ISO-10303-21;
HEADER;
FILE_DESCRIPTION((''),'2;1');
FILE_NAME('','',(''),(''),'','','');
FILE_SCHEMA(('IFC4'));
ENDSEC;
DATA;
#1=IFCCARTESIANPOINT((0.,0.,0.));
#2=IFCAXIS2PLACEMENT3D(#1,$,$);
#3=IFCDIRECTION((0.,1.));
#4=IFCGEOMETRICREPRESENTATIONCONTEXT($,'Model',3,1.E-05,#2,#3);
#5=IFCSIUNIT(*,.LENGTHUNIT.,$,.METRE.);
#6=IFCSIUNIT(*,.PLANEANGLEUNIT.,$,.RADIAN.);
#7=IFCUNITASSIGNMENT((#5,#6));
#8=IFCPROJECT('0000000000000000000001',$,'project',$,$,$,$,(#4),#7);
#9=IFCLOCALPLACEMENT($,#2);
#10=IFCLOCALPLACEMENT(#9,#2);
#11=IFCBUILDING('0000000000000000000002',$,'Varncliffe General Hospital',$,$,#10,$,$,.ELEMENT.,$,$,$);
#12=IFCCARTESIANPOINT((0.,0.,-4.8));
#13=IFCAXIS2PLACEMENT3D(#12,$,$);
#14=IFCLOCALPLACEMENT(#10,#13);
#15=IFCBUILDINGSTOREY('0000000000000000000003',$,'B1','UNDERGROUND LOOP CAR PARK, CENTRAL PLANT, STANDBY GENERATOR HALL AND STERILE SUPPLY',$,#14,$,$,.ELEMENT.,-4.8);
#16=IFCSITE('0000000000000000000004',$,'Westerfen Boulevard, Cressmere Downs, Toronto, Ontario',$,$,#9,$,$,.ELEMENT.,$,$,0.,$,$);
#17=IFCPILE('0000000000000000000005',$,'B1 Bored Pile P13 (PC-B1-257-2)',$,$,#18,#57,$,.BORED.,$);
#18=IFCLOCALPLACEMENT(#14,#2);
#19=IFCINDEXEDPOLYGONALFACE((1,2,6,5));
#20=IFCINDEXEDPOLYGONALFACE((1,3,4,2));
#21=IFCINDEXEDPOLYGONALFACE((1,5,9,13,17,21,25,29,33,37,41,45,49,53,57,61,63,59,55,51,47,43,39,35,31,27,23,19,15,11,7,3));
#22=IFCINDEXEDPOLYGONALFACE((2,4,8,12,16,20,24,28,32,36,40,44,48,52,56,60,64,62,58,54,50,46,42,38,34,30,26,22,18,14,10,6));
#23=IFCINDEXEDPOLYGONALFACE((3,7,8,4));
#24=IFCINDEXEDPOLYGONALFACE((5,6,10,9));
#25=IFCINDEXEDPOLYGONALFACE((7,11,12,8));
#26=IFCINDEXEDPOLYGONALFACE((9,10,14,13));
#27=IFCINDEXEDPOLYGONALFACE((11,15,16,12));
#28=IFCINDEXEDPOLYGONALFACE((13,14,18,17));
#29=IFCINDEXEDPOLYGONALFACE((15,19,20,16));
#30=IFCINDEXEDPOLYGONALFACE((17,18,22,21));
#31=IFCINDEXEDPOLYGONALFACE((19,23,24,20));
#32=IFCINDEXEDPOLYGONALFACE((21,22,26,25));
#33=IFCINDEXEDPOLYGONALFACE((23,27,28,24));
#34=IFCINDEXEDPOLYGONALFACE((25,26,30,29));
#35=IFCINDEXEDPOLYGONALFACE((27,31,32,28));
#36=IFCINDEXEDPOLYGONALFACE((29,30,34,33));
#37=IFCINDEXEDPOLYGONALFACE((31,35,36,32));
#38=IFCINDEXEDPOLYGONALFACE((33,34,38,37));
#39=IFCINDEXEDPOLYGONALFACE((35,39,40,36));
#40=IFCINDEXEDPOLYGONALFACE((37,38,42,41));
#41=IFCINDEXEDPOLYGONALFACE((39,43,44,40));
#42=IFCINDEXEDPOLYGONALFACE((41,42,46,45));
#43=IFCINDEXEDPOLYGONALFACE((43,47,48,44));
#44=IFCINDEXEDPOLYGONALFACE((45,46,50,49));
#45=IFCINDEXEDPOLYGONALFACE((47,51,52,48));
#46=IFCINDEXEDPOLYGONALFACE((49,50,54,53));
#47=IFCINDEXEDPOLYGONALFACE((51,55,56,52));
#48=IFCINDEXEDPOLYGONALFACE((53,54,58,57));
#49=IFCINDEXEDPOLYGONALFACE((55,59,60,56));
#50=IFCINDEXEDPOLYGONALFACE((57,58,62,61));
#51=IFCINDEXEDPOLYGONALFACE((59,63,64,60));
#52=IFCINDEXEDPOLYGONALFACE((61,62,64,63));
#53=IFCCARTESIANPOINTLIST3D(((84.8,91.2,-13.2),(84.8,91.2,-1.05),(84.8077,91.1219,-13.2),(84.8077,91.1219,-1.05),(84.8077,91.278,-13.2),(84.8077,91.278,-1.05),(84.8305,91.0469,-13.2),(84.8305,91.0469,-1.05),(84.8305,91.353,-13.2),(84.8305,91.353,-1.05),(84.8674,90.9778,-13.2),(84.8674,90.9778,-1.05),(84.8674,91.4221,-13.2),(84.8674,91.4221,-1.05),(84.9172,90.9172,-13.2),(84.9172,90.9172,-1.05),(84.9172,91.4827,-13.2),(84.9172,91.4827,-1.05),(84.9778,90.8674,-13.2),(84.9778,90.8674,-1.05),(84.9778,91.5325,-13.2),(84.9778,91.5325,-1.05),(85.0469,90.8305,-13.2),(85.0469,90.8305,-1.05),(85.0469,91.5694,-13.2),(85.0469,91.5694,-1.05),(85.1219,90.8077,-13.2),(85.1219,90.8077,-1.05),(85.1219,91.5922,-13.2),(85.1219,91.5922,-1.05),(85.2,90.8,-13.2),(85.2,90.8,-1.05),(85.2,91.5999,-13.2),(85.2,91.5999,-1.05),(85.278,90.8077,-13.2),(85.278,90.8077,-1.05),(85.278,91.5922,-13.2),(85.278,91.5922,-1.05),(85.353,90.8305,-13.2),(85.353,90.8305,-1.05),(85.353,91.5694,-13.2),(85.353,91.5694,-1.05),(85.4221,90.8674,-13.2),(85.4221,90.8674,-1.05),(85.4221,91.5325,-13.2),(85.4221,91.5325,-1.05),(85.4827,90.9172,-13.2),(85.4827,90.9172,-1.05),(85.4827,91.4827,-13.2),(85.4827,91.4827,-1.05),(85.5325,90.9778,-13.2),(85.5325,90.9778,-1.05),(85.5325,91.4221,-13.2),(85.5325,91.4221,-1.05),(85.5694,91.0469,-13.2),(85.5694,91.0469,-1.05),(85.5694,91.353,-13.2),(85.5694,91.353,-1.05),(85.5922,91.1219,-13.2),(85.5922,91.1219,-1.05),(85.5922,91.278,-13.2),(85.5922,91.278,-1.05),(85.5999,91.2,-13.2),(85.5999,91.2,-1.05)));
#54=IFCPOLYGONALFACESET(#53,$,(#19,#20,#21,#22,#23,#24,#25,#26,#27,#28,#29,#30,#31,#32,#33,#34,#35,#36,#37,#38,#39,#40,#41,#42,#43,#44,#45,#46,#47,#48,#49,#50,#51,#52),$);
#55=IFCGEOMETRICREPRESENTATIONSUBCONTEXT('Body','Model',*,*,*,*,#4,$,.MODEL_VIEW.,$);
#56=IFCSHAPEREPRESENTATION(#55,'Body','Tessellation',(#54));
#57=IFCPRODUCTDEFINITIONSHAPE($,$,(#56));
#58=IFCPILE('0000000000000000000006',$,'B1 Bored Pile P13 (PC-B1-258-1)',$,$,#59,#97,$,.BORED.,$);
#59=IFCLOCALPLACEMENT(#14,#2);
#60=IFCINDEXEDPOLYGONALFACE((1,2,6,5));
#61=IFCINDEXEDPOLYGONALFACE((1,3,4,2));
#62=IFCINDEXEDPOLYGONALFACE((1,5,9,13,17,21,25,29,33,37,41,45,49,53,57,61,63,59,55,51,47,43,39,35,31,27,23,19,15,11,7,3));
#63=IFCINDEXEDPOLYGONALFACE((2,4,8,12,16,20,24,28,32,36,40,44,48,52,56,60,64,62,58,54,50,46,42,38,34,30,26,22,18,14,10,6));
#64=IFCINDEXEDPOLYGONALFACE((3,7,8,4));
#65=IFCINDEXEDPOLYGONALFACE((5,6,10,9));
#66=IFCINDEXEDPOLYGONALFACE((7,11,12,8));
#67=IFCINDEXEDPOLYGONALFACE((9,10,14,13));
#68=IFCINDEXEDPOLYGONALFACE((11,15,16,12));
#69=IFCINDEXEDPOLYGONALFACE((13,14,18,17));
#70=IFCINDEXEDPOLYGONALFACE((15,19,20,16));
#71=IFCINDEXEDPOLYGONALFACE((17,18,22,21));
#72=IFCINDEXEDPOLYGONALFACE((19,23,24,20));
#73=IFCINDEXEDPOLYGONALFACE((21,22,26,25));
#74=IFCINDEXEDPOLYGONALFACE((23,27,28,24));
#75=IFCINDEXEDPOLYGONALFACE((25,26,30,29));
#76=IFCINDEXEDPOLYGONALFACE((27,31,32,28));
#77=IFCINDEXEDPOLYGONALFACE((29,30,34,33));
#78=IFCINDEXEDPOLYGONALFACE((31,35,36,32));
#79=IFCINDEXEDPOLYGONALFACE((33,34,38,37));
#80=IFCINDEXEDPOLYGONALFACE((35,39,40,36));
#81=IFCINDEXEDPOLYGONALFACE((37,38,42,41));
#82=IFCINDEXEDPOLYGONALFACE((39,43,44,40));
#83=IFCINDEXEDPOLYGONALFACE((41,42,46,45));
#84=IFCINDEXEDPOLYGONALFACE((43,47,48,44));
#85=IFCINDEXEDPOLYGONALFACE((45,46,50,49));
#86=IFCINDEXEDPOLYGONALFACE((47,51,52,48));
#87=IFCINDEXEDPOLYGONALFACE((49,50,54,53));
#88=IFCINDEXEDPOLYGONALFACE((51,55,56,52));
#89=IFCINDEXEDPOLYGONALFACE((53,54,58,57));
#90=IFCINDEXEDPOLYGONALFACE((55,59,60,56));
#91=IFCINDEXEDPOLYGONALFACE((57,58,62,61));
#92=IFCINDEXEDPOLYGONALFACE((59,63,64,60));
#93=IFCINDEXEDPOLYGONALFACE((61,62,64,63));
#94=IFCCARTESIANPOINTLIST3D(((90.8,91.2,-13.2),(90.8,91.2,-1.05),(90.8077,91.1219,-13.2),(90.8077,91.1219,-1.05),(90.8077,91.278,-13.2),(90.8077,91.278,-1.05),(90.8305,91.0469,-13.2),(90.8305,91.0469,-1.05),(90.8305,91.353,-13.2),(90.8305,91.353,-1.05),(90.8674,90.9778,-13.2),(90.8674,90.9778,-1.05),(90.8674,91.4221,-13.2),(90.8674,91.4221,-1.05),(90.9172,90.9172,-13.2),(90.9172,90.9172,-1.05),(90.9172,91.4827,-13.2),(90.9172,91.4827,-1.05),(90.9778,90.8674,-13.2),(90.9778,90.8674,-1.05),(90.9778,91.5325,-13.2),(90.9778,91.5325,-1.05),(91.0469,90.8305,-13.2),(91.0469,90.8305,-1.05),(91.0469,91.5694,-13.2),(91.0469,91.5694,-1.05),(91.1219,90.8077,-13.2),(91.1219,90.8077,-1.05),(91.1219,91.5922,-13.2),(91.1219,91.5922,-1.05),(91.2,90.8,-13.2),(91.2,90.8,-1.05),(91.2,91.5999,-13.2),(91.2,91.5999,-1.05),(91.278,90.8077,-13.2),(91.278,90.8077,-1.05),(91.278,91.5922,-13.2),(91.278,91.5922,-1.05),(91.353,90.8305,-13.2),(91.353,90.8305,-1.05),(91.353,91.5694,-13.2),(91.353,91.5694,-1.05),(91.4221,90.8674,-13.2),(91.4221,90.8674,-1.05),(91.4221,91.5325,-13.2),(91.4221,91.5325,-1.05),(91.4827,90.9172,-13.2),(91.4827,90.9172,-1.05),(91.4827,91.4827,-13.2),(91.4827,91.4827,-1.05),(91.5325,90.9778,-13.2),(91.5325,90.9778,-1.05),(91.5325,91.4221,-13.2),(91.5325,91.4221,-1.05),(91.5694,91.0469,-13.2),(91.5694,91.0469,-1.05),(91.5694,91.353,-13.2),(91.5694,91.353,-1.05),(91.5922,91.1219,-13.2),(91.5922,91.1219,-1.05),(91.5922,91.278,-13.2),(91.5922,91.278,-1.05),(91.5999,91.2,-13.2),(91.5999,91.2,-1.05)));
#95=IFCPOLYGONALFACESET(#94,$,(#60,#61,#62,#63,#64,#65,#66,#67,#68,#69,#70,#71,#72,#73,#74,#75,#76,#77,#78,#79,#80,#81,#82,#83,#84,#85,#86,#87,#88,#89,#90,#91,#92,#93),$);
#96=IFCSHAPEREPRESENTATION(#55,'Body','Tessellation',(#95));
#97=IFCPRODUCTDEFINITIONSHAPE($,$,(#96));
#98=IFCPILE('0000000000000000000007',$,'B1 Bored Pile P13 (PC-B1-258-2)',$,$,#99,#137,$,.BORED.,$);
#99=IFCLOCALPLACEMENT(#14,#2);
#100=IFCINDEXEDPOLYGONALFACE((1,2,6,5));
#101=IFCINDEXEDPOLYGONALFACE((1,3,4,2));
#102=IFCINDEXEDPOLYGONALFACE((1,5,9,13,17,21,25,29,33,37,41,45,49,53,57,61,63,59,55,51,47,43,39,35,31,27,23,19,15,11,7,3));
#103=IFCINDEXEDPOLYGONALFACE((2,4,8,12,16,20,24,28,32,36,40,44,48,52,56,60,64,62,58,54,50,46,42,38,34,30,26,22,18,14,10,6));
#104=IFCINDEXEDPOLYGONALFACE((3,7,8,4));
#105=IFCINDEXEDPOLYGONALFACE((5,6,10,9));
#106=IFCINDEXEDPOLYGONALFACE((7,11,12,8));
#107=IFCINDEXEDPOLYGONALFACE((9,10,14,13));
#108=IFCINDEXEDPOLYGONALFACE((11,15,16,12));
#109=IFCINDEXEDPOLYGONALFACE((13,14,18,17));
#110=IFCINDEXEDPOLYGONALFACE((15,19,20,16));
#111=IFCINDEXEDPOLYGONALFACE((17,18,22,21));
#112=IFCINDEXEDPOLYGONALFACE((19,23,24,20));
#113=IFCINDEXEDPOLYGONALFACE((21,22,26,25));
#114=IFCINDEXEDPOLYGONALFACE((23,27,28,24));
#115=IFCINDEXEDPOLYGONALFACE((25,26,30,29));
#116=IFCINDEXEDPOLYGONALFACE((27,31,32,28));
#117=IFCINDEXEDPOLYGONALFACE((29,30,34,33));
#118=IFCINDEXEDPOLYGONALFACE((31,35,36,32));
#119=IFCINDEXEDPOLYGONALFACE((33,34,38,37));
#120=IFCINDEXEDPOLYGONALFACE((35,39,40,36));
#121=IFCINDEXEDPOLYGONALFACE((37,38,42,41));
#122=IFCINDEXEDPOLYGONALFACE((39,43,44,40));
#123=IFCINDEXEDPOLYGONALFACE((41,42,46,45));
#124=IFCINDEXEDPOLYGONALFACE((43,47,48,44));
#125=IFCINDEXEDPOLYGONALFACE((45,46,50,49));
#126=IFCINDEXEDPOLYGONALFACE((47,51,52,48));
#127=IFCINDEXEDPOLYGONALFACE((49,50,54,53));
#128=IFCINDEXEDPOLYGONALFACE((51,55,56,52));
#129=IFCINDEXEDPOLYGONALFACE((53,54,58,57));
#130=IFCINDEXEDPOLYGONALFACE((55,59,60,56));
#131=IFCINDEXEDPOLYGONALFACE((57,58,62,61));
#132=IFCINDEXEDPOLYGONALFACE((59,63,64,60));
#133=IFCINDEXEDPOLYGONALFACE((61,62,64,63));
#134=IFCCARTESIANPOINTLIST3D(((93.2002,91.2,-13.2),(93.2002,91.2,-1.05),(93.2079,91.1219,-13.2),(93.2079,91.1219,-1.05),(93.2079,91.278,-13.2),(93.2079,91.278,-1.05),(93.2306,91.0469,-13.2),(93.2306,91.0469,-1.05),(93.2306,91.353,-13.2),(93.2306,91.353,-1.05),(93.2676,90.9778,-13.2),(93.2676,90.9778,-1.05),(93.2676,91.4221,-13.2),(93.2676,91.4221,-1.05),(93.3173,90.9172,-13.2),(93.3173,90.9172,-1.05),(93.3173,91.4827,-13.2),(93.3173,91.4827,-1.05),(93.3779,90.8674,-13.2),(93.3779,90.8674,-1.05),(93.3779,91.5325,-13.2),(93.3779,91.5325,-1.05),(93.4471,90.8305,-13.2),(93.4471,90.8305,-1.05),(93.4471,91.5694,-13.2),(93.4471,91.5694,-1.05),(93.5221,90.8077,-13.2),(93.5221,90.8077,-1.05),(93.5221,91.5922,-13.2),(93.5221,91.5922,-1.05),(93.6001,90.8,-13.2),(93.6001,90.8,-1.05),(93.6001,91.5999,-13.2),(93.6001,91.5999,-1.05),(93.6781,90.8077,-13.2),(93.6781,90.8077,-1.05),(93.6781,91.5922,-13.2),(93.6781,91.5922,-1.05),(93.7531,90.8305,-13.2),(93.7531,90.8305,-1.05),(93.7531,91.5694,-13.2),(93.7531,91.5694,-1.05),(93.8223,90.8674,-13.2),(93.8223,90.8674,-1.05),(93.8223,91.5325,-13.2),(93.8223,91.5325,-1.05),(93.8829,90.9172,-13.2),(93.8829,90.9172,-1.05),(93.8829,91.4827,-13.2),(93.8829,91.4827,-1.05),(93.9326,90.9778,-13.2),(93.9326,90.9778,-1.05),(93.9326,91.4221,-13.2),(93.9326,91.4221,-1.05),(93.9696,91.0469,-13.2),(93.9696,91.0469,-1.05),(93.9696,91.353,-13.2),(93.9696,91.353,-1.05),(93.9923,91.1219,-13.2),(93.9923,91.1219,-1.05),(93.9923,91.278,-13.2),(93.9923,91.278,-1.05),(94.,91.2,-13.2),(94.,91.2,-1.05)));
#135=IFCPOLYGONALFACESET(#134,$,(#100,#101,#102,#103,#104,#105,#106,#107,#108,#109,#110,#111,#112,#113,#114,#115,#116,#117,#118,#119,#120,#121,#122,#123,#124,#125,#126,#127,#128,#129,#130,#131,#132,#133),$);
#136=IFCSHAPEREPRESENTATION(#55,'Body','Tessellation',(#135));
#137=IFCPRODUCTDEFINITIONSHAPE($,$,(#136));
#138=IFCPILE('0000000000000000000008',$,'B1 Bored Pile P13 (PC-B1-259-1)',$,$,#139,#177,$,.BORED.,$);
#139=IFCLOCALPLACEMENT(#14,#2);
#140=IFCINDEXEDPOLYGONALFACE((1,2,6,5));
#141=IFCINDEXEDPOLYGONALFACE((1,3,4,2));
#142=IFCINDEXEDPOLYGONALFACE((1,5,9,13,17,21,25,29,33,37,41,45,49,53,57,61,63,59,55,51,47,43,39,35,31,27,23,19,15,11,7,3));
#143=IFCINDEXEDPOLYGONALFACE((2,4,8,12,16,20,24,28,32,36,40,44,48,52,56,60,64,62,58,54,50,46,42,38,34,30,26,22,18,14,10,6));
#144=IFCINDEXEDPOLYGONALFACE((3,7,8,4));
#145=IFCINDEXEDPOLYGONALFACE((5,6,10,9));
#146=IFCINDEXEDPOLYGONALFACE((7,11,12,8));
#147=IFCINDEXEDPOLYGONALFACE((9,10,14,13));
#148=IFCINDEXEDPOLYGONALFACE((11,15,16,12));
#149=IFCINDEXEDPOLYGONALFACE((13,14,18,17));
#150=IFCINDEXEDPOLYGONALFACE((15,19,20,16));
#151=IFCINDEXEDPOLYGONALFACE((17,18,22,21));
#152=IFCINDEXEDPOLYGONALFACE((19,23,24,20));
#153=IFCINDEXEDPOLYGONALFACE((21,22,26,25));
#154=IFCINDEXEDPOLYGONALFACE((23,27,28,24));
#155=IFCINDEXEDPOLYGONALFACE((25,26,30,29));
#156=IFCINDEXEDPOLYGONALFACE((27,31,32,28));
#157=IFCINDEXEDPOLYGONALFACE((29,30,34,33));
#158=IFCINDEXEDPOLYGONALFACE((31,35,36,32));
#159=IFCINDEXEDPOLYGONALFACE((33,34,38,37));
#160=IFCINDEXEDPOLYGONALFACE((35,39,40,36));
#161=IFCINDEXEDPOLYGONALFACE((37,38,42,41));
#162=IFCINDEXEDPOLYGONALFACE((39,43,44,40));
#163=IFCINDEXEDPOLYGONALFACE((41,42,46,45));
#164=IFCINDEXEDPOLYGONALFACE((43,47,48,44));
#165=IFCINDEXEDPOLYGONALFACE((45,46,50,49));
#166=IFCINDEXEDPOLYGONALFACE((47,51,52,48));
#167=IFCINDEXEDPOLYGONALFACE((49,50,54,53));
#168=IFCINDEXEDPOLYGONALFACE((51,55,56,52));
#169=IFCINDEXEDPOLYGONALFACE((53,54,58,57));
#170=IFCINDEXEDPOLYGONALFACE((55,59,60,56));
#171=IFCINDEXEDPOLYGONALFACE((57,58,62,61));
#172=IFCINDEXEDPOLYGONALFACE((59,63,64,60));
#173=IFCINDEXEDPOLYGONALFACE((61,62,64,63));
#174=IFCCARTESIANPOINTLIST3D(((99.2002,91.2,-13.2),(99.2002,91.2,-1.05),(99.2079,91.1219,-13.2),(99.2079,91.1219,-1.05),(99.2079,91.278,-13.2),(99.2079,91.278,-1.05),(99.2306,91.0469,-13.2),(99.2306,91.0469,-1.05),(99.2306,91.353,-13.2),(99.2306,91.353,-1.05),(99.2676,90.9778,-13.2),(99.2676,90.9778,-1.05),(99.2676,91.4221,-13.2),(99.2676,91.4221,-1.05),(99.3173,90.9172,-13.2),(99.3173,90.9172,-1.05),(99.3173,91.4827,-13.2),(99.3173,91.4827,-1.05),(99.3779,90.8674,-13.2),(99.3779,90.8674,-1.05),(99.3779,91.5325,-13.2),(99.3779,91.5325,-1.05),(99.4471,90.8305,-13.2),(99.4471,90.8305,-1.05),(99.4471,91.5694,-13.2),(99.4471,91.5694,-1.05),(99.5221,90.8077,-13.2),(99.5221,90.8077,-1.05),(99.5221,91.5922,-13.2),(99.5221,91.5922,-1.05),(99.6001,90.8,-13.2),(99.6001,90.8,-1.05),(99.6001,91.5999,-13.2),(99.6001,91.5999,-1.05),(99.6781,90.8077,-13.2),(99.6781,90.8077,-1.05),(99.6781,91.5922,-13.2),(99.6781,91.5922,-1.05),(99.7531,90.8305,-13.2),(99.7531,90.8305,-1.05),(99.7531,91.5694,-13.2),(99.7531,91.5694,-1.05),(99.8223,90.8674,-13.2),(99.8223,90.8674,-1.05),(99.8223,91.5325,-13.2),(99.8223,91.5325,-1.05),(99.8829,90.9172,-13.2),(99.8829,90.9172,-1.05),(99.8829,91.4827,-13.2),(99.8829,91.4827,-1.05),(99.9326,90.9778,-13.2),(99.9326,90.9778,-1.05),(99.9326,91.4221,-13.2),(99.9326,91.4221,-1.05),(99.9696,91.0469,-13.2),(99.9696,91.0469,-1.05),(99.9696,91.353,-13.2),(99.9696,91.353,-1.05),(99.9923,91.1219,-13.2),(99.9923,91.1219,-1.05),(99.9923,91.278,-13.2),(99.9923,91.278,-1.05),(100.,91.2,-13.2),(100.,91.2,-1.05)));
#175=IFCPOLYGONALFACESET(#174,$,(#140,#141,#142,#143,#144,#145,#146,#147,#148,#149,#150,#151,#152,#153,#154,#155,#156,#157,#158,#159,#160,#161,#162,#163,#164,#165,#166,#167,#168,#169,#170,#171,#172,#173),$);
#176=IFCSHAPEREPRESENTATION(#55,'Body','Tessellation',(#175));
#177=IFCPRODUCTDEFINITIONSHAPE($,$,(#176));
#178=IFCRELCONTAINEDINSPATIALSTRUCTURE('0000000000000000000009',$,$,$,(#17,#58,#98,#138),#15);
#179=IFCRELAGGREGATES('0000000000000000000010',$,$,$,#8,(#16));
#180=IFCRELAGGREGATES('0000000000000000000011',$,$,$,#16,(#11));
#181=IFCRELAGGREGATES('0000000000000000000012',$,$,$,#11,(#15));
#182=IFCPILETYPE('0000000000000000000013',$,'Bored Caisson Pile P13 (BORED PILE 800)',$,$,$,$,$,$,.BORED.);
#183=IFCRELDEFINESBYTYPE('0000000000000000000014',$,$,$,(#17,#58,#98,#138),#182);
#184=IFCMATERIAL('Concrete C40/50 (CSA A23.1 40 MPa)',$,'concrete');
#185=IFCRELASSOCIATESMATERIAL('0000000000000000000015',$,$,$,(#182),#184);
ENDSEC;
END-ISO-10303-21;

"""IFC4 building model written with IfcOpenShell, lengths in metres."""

from ifc_helpers import new_model, si_unit, direction, frame, origin, origin_2d, place, context, subcontext, project, spatial, circle, extrude, material, material_profile, profile_set, type_object, element, save


model = new_model("IFC4")

# Units and contexts
model_context = context("Model", 3, precision=1e-05, world=origin(), true_north=direction((0.0, 1.0)))
body_context = subcontext(model_context, "Body", "Model", "MODEL_VIEW")
ifc_project = project(units=[si_unit("LENGTHUNIT", "METRE"), si_unit("PLANEANGLEUNIT", "RADIAN")], contexts=[model_context])

# Site, building, storey
site_placement = place(None, origin())
site = spatial("IfcSite", under=ifc_project, at=site_placement, Name="Westerfen Boulevard, Cressmere Downs, Toronto, Ontario", CompositionType="ELEMENT", RefElevation=0.0)
building_placement = place(site_placement, origin())
building = spatial("IfcBuilding", under=site, at=building_placement, Name="Varncliffe General Hospital", CompositionType="ELEMENT")
storey_placement = place(building_placement, frame((0.0, 0.0, -4.8)))
storey = spatial("IfcBuildingStorey", under=building, at=storey_placement, Name="B1", Description="UNDERGROUND LOOP CAR PARK, CENTRAL PLANT, STANDBY GENERATOR HALL AND STERILE SUPPLY", CompositionType="ELEMENT", Elevation=-4.8)

# Piles
ifc_material_1 = material(Name="Concrete C40/50 (CSA A23.1 40 MPa)", Category="concrete")
ifc_material_profile_1 = material_profile(ifc_material_1, circle(Radius=0.3999, at=origin_2d()), Name="BORED PILE 800")
ifc_profile_set_1 = profile_set([ifc_material_profile_1], Name="Concrete C40/50 (CSA A23.1 40 MPa)")
pile_type_1 = type_object("IfcPileType", Name="Bored Caisson Pile P13 (BORED PILE 800)", PredefinedType="BORED", material=ifc_profile_set_1)
for number, where, z_axis, x_axis, name in (
    (1, (85.2, 91.2, -1.05), (0.0, 0.0, -1.0), (1.0, 0.0, 0.0), "B1 Bored Pile P13 (PC-B1-257-2)"),
    (2, (91.2, 91.2, -1.05), (0.0, 0.0, -1.0), (1.0, 0.0, 0.0), "B1 Bored Pile P13 (PC-B1-258-1)"),
    (3, (93.6001, 91.2, -1.05), (0.0, 0.0, -1.0), (1.0, 0.0, 0.0), "B1 Bored Pile P13 (PC-B1-258-2)"),
    (4, (99.6001, 91.2, -1.05), (0.0, 0.0, -1.0), (1.0, 0.0, 0.0), "B1 Bored Pile P13 (PC-B1-259-1)"),
):
    element("IfcPile", number, at=place(storey_placement, frame(where, z_axis=z_axis, x_axis=x_axis)), inside=storey, type_object=pile_type_1, Name=name, PredefinedType="BORED", context=body_context, shape_type="SweptSolid", body=[
        extrude(circle(Radius=0.3999, at=origin_2d()), origin(), (0.0, 0.0, 1.0), 12.1499),
    ])

save(model, "model.ifc")
